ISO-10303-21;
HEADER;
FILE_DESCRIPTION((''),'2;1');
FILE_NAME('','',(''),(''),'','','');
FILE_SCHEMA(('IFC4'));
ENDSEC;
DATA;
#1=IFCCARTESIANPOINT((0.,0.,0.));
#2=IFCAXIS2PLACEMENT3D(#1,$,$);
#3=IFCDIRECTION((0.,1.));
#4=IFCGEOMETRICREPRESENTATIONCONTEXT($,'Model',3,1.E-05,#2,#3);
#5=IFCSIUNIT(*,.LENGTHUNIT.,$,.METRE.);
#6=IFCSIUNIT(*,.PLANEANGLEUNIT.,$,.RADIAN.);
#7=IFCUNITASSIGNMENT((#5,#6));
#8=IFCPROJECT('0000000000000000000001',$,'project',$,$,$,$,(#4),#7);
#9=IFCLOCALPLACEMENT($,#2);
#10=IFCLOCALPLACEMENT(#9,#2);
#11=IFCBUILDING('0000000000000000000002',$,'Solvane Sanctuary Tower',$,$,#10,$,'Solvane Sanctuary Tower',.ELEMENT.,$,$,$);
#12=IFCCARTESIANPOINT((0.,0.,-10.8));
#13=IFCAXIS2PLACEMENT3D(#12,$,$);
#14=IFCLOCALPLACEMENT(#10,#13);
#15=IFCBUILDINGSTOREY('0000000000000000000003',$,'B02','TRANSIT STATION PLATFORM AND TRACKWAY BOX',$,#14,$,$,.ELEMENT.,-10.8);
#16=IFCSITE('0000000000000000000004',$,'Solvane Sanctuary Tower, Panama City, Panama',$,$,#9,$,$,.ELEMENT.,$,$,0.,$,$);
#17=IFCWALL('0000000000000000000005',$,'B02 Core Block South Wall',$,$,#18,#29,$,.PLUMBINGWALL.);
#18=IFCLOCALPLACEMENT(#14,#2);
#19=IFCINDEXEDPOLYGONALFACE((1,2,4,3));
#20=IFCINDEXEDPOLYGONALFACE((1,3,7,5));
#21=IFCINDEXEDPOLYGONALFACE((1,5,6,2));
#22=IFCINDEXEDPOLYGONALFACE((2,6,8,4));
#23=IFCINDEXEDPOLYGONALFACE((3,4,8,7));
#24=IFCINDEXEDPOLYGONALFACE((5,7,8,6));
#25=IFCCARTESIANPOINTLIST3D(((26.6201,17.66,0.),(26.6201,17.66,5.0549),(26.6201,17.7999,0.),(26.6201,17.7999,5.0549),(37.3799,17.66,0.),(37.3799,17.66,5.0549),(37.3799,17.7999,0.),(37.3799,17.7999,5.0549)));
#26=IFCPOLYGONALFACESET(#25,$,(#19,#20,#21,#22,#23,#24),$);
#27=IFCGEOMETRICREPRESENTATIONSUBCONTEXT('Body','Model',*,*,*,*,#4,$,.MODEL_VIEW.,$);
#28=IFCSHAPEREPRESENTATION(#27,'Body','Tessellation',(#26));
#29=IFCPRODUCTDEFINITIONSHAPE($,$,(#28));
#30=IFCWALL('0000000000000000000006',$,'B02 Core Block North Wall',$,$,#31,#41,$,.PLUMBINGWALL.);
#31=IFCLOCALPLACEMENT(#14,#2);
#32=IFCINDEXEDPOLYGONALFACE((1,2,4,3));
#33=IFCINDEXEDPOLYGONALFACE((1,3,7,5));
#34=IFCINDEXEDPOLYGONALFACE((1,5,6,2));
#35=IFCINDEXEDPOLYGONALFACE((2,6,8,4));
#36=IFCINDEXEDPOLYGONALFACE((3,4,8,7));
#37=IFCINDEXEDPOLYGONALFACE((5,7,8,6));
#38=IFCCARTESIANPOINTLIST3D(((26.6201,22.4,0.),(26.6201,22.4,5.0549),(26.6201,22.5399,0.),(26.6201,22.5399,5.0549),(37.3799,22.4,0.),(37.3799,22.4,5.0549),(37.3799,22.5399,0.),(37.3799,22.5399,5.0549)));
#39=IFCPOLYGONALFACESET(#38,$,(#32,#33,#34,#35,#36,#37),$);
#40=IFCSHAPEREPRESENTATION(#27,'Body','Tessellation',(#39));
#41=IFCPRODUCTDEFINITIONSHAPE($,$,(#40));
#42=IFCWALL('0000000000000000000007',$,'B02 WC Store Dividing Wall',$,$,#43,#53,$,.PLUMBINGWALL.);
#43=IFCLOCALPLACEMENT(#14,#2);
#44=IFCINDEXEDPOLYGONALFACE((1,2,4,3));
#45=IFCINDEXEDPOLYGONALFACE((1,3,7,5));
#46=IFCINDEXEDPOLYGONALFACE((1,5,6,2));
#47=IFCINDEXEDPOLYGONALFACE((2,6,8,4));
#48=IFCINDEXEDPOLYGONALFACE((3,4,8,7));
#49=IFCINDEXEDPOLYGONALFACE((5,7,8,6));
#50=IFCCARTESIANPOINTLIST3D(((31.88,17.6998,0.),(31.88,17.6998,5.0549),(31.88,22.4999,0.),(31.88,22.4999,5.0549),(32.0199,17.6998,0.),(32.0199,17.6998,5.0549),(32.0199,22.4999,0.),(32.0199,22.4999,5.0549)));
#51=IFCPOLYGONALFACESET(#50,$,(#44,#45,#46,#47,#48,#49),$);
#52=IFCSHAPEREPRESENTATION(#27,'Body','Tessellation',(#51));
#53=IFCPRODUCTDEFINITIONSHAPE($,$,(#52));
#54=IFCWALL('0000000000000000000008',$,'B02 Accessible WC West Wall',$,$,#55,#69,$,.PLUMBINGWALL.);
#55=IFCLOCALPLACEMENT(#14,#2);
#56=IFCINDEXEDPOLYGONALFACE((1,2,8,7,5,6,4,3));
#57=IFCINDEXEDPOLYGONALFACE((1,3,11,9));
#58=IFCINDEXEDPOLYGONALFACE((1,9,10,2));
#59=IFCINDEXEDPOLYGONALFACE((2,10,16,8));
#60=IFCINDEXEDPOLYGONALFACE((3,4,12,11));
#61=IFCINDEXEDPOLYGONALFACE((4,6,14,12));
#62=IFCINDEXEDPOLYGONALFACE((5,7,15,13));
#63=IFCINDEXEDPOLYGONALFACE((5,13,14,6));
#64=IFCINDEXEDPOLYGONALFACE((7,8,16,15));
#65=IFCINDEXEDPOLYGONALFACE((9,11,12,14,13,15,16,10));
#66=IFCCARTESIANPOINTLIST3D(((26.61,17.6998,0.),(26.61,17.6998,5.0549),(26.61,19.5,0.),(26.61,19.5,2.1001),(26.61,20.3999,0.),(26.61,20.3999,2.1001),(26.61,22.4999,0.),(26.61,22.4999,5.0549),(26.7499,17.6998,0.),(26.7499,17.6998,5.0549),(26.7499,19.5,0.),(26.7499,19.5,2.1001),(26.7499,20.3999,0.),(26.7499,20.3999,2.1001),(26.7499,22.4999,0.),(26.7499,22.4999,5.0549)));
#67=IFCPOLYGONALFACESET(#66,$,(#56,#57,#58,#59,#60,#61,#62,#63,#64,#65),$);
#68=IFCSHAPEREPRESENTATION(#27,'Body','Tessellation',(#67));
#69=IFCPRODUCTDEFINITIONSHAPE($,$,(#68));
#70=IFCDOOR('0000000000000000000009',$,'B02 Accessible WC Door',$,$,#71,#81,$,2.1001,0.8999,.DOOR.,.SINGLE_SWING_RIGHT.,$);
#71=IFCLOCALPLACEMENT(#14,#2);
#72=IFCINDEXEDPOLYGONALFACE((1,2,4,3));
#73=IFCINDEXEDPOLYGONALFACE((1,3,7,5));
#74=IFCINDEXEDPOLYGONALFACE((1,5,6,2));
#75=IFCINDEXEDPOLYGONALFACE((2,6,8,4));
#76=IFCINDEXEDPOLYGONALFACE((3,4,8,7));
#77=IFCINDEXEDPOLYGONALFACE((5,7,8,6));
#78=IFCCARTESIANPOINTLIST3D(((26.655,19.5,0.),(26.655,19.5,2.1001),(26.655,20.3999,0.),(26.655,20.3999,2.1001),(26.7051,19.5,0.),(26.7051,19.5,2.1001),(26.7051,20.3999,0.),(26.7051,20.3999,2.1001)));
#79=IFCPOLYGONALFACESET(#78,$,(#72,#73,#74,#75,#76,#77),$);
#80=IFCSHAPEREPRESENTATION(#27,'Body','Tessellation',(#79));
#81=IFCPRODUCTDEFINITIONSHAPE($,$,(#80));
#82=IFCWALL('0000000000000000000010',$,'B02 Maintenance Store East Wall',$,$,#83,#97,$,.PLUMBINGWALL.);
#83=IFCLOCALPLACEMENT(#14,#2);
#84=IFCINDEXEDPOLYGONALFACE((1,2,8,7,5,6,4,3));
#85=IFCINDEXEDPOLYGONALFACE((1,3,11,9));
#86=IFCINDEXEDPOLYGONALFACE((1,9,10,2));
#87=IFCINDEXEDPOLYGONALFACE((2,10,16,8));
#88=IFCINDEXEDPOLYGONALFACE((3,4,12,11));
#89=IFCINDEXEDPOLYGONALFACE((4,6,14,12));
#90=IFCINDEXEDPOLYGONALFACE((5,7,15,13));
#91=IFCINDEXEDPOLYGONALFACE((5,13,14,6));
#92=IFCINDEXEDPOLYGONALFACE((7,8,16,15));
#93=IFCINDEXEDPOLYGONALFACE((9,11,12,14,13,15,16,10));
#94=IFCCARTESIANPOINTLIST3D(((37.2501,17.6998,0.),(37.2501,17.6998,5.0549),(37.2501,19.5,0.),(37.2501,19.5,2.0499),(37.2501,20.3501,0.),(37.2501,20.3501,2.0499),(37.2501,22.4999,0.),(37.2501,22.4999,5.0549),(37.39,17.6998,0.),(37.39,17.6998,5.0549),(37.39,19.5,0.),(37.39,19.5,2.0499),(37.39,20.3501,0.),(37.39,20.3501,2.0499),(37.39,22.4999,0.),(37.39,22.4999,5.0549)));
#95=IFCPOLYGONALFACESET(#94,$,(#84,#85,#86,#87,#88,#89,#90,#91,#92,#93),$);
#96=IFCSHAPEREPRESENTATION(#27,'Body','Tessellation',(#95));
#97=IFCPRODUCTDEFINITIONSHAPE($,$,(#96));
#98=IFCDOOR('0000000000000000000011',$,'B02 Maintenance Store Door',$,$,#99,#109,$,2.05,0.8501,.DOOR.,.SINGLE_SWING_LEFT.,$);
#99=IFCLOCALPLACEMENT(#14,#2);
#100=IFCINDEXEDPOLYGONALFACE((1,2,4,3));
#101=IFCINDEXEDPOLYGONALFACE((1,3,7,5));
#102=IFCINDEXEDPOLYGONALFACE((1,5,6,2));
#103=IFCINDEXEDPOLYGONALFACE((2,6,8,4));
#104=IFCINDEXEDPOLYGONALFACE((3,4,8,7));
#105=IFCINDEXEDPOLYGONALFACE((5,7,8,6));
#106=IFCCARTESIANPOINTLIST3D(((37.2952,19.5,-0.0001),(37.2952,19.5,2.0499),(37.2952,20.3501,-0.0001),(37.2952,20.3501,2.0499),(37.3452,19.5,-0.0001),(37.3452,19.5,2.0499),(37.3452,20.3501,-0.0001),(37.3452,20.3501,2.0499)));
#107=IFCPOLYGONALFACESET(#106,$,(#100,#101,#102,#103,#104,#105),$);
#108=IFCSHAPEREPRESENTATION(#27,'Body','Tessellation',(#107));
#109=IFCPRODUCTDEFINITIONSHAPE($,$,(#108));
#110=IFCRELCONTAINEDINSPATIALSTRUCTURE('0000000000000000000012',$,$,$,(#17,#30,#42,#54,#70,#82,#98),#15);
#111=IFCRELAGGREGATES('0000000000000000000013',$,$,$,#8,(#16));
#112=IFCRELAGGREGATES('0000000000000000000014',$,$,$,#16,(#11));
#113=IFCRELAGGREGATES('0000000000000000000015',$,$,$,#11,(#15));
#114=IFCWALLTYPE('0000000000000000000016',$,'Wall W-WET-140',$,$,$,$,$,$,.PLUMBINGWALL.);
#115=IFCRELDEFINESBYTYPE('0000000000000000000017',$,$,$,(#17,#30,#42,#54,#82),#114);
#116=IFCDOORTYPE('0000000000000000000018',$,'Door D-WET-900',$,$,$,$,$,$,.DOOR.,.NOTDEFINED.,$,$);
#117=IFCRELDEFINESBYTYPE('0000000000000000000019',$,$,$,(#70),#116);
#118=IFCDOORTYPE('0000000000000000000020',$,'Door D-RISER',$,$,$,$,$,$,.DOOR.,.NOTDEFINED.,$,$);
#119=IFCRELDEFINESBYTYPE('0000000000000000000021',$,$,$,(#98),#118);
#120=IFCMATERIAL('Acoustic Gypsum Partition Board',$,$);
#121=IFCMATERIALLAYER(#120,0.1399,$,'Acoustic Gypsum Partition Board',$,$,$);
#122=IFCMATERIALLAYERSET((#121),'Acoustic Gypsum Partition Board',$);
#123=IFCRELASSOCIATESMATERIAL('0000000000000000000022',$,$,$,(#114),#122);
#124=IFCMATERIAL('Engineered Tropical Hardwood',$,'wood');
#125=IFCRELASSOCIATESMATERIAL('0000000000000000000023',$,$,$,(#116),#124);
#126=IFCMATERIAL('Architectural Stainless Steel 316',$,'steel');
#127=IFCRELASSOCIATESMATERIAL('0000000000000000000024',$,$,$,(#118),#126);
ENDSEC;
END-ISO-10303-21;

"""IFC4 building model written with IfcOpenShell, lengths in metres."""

from ifc_helpers import new_model, si_unit, direction, frame, frame_2d, origin, place, context, subcontext, project, spatial, rectangle, extrude, material, layer, layer_set, type_object, element, fill, save


model = new_model("IFC4")

# Units and contexts
model_context = context("Model", 3, precision=1e-05, world=origin(), true_north=direction((0.0, 1.0)))
body_context = subcontext(model_context, "Body", "Model", "MODEL_VIEW")
ifc_project = project(units=[si_unit("LENGTHUNIT", "METRE"), si_unit("PLANEANGLEUNIT", "RADIAN")], contexts=[model_context])

# Site, building, storey
site_placement = place(None, origin())
site = spatial("IfcSite", under=ifc_project, at=site_placement, Name="Solvane Sanctuary Tower, Panama City, Panama", CompositionType="ELEMENT", RefElevation=0.0)
building_placement = place(site_placement, origin())
building = spatial("IfcBuilding", under=site, at=building_placement, Name="Solvane Sanctuary Tower", LongName="Solvane Sanctuary Tower", CompositionType="ELEMENT")
storey_placement = place(building_placement, frame((0.0, 0.0, -10.8)))
storey = spatial("IfcBuildingStorey", under=building, at=storey_placement, Name="B02", Description="TRANSIT STATION PLATFORM AND TRACKWAY BOX", CompositionType="ELEMENT", Elevation=-10.8)

# Shared definitions
ifc_material_1 = material(Name="Architectural Stainless Steel 316", Category="steel")

# Walls
ifc_material_2 = material(Name="Acoustic Gypsum Partition Board")
ifc_layer_1 = layer(ifc_material_2, 0.1399, Name="Acoustic Gypsum Partition Board")
ifc_layer_set_1 = layer_set([ifc_layer_1], Name="Acoustic Gypsum Partition Board")
wall_type_1 = type_object("IfcWallType", Name="Wall W-WET-140", PredefinedType="PLUMBINGWALL", material=ifc_layer_set_1)
for number, where, z_axis, x_axis, name in (
    (1, (26.6201, 17.73, 0.0), (0.0, 0.0, 1.0), (1.0, 0.0, 0.0), "B02 Core Block South Wall"),
    (2, (26.6201, 22.47, 0.0), (0.0, 0.0, 1.0), (1.0, 0.0, 0.0), "B02 Core Block North Wall"),
):
    element("IfcWall", number, at=place(storey_placement, frame(where, z_axis=z_axis, x_axis=x_axis)), inside=storey, type_object=wall_type_1, Name=name, PredefinedType="PLUMBINGWALL", context=body_context, shape_type="SweptSolid", body=[
        extrude(rectangle(XDim=10.7598, YDim=0.1399, at=frame_2d((5.3799, 0.0))), origin(), (0.0, 0.0, 1.0), 5.0549),
    ])
wall_1_placement = place(storey_placement, frame((31.95, 17.7, 0.0), z_axis=(0.0, 0.0, 1.0), x_axis=(0.0, 1.0, 0.0)))
element("IfcWall", 3, at=wall_1_placement, inside=storey, type_object=wall_type_1, Name="B02 WC Store Dividing Wall", PredefinedType="PLUMBINGWALL", context=body_context, shape_type="SweptSolid", body=[
    extrude(rectangle(XDim=4.8, YDim=0.1399, at=frame_2d((2.3999, 0.0))), origin(), (0.0, 0.0, 1.0), 5.0549),
])

# Walls, openings, doors
wall_2_placement = place(storey_placement, frame((26.6799, 17.7, 0.0), z_axis=(0.0, 0.0, 1.0), x_axis=(0.0, 1.0, 0.0)))
wall_2 = element("IfcWall", 4, at=wall_2_placement, inside=storey, type_object=wall_type_1, Name="B02 Accessible WC West Wall", PredefinedType="PLUMBINGWALL", context=body_context, shape_type="SweptSolid", body=[
    extrude(rectangle(XDim=4.8, YDim=0.1399, at=frame_2d((2.3999, 0.0))), origin(), (0.0, 0.0, 1.0), 5.0549),
])
opening_1_placement = place(wall_2_placement, frame((1.8, 0.0, 0.0)))
opening_1 = element("IfcOpeningElement", 5, at=opening_1_placement, cuts=wall_2, PredefinedType="OPENING", context=body_context, shape_type="SweptSolid", body=[
    extrude(rectangle(XDim=0.8999, YDim=2.1001, at=frame_2d((0.45, 1.05))), frame((0.0, 0.0798, 0.0), z_axis=(0.0, -1.0, 0.0), x_axis=(1.0, 0.0, 0.0)), (0.0, 0.0, 1.0), 0.1599),
])
ifc_material_3 = material(Name="Engineered Tropical Hardwood", Category="wood")
door_type_1 = type_object("IfcDoorType", Name="Door D-WET-900", OperationType="NOTDEFINED", PredefinedType="DOOR", material=ifc_material_3)
door_1_placement = place(opening_1_placement, origin())
door_1 = element("IfcDoor", 6, at=door_1_placement, inside=storey, type_object=door_type_1, Name="B02 Accessible WC Door", OperationType="SINGLE_SWING_RIGHT", OverallHeight=2.1001, OverallWidth=0.8999, PredefinedType="DOOR", context=body_context, shape_type="SweptSolid", body=[
    extrude(rectangle(XDim=0.8999, YDim=2.1001, at=frame_2d((0.45, 1.05))), frame((0.0, 0.0249, 0.0), z_axis=(0.0, -1.0, 0.0), x_axis=(1.0, 0.0, 0.0)), (0.0, 0.0, 1.0), 0.05),
])
fill(opening_1, door_1)
wall_3_placement = place(storey_placement, frame((37.3201, 17.7, 0.0), z_axis=(0.0, 0.0, 1.0), x_axis=(0.0, 1.0, 0.0)))
wall_3 = element("IfcWall", 7, at=wall_3_placement, inside=storey, type_object=wall_type_1, Name="B02 Maintenance Store East Wall", PredefinedType="PLUMBINGWALL", context=body_context, shape_type="SweptSolid", body=[
    extrude(rectangle(XDim=4.8, YDim=0.1399, at=frame_2d((2.3999, 0.0))), origin(), (0.0, 0.0, 1.0), 5.0549),
])
opening_2_placement = place(wall_3_placement, frame((1.8, 0.0, 0.0)))
opening_2 = element("IfcOpeningElement", 8, at=opening_2_placement, cuts=wall_3, PredefinedType="OPENING", context=body_context, shape_type="SweptSolid", body=[
    extrude(rectangle(XDim=0.8501, YDim=2.05, at=frame_2d((0.425, 1.0249))), frame((0.0, 0.0798, 0.0), z_axis=(0.0, -1.0, 0.0), x_axis=(1.0, 0.0, 0.0)), (0.0, 0.0, 1.0), 0.1599),
])
door_type_2 = type_object("IfcDoorType", Name="Door D-RISER", OperationType="NOTDEFINED", PredefinedType="DOOR", material=ifc_material_1)
door_2_placement = place(opening_2_placement, origin())
door_2 = element("IfcDoor", 9, at=door_2_placement, inside=storey, type_object=door_type_2, Name="B02 Maintenance Store Door", OperationType="SINGLE_SWING_LEFT", OverallHeight=2.05, OverallWidth=0.8501, PredefinedType="DOOR", context=body_context, shape_type="SweptSolid", body=[
    extrude(rectangle(XDim=0.8501, YDim=2.05, at=frame_2d((0.425, 1.0249))), frame((0.0, 0.0249, 0.0), z_axis=(0.0, -1.0, 0.0), x_axis=(1.0, 0.0, 0.0)), (0.0, 0.0, 1.0), 0.05),
])
fill(opening_2, door_2)

save(model, "model.ifc")
